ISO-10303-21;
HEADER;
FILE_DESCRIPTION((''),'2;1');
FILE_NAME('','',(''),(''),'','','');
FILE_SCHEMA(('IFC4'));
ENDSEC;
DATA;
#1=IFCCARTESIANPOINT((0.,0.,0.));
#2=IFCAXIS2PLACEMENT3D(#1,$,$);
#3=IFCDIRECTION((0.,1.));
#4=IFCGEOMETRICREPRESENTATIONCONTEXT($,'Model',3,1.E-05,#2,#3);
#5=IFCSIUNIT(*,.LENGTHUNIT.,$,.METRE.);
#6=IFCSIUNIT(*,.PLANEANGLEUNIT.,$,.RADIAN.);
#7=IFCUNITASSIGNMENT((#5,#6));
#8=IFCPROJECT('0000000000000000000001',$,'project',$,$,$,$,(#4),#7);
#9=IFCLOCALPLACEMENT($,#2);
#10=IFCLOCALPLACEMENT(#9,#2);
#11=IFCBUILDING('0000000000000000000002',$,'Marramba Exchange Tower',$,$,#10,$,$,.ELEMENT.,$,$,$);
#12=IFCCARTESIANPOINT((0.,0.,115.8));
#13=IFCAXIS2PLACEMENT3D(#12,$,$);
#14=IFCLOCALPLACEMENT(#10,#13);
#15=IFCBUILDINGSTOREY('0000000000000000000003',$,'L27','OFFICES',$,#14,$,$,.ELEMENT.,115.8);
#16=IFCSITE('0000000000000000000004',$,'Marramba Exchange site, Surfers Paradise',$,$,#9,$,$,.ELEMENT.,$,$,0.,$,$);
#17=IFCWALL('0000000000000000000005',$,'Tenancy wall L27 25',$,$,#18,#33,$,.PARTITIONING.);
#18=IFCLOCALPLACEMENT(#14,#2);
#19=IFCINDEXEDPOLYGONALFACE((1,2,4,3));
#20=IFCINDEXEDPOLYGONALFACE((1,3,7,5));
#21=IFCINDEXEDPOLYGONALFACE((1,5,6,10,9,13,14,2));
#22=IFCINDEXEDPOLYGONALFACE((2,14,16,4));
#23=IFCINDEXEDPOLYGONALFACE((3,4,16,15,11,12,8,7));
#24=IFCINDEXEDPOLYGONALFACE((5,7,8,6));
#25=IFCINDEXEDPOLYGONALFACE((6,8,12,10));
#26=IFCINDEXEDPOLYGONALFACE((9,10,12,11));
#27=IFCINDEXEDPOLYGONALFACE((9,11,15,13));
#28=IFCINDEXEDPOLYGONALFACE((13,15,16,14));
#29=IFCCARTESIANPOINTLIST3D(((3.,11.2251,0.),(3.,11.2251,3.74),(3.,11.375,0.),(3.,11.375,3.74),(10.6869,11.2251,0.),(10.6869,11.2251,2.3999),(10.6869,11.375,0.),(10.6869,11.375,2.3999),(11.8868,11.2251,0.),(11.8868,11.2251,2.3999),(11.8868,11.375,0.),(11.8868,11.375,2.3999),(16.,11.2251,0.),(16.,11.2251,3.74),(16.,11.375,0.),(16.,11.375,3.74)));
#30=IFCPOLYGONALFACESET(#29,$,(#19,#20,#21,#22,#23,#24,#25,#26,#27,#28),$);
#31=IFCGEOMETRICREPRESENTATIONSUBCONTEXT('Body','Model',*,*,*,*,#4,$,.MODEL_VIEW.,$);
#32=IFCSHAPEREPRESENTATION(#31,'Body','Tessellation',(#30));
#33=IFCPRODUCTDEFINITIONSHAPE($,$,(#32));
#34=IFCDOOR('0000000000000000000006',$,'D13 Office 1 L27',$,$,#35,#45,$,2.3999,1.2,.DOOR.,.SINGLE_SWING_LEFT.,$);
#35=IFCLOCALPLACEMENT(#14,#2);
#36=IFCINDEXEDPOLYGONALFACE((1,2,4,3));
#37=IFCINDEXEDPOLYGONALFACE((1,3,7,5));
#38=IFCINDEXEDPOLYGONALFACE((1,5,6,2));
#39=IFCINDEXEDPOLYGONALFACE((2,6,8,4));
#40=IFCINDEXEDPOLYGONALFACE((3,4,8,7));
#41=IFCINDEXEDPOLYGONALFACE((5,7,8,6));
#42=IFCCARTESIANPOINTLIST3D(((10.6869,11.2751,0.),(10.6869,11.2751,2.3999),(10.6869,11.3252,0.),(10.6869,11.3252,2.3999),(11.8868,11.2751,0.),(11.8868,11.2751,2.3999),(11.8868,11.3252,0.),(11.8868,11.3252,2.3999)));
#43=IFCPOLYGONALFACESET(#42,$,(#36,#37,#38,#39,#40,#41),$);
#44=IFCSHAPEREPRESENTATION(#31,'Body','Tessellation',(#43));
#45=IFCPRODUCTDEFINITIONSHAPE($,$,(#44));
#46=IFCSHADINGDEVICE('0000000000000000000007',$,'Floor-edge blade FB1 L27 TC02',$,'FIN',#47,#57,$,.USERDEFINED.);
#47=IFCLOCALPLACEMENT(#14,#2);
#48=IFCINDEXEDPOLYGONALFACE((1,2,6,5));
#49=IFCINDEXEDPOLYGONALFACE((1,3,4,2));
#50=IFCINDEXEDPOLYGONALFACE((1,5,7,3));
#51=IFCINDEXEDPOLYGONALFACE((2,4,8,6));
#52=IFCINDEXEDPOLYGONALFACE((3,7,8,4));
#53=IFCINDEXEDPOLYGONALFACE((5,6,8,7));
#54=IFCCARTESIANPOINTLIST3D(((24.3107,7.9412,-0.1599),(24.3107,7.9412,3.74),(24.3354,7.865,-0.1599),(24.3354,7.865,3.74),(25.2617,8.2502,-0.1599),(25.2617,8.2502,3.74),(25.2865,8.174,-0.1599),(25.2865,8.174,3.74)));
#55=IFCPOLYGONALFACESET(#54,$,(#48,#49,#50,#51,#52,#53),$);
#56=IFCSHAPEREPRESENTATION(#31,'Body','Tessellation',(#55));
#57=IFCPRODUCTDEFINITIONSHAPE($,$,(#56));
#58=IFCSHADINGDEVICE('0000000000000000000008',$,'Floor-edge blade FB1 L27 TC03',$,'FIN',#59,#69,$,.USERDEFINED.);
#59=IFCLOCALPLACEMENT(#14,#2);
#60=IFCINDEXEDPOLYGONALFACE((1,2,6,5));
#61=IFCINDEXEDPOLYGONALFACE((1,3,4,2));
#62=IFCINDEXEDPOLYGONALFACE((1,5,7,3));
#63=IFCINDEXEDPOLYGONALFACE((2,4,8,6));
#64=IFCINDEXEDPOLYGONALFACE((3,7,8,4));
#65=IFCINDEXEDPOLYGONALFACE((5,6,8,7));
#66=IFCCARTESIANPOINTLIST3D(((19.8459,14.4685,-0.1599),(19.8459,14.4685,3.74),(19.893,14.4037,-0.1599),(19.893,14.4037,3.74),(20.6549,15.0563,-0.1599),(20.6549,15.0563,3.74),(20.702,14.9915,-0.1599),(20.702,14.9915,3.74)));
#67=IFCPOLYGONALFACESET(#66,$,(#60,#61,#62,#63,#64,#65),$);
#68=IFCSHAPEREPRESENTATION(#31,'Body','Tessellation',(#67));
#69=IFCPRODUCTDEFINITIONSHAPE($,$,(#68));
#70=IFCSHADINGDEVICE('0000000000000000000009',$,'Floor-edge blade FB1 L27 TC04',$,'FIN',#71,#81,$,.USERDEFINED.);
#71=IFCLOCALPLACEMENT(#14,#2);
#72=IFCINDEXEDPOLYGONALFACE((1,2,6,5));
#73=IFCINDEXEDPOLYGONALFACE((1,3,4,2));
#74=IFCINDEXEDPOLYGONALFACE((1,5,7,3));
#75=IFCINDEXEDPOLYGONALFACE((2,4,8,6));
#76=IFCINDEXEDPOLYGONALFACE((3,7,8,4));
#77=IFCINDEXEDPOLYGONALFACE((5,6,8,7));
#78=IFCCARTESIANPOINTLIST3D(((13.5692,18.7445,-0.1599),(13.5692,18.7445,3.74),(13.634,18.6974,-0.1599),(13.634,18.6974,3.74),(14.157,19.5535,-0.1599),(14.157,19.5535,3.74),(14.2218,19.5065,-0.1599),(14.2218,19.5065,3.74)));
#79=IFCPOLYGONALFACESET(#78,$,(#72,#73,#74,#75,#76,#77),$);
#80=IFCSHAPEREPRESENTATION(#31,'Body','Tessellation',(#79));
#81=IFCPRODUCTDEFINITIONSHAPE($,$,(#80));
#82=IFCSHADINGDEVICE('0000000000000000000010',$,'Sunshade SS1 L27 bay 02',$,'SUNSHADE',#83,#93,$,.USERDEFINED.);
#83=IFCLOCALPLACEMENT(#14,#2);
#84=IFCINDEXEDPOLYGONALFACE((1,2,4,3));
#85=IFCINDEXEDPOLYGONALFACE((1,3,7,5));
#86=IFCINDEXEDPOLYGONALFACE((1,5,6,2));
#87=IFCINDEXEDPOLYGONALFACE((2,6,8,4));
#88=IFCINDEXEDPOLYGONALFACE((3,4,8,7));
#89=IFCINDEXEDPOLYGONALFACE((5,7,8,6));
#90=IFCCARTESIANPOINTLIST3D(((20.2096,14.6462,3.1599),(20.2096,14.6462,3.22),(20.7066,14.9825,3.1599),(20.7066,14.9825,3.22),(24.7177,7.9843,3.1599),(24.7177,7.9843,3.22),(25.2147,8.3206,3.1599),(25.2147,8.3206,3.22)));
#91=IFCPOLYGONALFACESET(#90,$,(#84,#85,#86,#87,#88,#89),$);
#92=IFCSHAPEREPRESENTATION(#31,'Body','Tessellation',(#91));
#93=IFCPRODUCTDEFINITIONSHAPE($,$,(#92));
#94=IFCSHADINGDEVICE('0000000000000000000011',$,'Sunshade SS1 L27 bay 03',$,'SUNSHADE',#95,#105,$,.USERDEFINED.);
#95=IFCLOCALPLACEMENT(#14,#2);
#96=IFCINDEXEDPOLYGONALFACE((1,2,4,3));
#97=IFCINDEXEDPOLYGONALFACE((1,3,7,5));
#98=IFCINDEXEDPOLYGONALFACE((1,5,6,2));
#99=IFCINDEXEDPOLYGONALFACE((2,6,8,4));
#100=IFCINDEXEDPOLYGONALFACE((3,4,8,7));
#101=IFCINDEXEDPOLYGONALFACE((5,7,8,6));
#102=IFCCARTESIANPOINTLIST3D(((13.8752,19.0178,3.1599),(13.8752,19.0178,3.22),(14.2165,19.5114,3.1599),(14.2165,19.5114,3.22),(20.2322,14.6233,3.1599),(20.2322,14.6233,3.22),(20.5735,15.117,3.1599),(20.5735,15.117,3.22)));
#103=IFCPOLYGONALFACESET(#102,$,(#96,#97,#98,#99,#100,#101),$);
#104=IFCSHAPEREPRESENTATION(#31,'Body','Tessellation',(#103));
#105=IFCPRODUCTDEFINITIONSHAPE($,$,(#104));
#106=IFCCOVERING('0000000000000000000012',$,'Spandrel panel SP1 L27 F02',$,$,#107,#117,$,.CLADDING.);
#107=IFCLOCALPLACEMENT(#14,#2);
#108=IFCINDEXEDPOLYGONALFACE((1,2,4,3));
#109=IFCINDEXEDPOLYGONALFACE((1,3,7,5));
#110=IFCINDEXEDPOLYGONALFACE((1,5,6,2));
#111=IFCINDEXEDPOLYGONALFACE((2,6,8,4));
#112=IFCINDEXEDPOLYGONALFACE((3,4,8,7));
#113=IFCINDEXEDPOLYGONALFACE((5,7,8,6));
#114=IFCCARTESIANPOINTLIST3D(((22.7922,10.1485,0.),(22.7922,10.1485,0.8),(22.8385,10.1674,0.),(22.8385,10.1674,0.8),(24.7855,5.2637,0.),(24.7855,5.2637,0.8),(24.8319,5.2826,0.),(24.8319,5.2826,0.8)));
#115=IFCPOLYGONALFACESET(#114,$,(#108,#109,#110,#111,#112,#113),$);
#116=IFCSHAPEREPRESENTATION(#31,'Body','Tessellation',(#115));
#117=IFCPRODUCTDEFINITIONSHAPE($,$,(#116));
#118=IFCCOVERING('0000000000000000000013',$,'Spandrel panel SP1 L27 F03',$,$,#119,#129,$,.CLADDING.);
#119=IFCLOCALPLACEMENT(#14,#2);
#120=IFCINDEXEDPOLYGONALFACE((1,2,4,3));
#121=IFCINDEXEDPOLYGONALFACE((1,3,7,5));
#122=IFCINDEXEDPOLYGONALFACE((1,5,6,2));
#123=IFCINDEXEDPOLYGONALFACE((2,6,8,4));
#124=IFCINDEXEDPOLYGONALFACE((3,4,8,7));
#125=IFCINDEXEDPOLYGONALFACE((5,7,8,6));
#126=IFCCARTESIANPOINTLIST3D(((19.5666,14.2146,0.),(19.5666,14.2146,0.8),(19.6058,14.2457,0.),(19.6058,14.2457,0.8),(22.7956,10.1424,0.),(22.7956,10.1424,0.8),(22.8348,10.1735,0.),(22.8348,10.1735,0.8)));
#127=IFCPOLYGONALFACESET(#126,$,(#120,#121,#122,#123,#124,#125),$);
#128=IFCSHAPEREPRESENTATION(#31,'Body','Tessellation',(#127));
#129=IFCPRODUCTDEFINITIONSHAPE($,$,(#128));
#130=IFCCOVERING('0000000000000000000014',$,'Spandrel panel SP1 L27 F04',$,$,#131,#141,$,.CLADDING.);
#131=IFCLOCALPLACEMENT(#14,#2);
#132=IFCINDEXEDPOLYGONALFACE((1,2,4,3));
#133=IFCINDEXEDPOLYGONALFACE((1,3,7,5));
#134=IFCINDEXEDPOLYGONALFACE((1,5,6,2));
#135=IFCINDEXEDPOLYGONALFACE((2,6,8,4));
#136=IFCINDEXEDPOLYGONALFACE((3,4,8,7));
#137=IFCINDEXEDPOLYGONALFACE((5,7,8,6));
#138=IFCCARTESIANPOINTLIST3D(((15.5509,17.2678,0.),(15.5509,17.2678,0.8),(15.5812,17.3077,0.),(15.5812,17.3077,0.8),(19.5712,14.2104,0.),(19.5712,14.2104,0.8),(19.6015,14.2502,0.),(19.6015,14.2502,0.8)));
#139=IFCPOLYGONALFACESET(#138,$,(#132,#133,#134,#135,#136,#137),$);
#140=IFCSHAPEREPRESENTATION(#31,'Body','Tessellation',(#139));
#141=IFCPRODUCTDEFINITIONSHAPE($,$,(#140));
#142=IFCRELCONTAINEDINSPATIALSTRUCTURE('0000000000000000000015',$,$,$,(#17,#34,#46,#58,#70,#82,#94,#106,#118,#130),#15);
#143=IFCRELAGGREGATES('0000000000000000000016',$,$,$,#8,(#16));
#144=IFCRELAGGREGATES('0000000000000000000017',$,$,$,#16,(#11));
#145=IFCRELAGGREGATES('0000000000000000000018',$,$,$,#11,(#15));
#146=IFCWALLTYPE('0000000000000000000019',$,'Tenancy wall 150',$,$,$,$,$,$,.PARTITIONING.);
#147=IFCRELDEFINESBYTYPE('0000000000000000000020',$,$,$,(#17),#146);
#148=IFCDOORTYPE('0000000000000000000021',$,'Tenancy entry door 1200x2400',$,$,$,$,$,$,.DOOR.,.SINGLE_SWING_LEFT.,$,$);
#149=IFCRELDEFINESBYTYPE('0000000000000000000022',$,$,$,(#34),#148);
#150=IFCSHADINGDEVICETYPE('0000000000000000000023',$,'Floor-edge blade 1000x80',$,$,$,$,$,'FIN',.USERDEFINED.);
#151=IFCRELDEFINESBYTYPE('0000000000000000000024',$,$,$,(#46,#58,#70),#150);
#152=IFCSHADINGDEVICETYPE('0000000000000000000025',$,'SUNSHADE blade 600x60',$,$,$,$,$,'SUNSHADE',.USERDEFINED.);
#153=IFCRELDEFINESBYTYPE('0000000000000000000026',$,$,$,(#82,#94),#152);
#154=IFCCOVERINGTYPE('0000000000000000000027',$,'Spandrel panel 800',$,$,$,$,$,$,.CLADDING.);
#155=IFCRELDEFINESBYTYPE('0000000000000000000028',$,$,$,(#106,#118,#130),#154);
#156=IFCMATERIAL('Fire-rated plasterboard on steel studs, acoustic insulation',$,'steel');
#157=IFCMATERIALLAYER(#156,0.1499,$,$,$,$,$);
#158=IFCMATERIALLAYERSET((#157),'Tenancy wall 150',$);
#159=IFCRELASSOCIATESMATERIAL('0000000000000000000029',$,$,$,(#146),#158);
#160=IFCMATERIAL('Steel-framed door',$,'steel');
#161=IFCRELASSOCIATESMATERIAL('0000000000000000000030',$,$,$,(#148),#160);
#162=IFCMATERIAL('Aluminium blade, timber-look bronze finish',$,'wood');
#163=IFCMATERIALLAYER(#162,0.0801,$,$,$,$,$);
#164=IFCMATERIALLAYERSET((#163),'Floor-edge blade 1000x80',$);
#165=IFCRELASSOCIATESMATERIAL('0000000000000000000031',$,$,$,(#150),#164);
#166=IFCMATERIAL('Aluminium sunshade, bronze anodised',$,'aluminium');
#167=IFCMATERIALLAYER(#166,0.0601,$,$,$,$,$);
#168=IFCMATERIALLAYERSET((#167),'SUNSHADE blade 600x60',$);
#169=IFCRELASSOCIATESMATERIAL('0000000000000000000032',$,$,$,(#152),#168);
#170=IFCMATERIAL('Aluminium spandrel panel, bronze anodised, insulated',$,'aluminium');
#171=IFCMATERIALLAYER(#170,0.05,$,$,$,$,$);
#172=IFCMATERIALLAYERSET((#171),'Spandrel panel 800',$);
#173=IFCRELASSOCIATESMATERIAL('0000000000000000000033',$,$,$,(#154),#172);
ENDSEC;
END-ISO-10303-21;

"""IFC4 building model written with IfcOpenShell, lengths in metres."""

from ifc_helpers import new_model, si_unit, direction, frame, frame_2d, origin, origin_2d, place, context, subcontext, project, spatial, rectangle, extrude, material, layer, layer_set, type_object, element, fill, save


model = new_model("IFC4")

# Units and contexts
model_context = context("Model", 3, precision=1e-05, world=origin(), true_north=direction((0.0, 1.0)))
body_context = subcontext(model_context, "Body", "Model", "MODEL_VIEW")
ifc_project = project(units=[si_unit("LENGTHUNIT", "METRE"), si_unit("PLANEANGLEUNIT", "RADIAN")], contexts=[model_context])

# Site, building, storey
site_placement = place(None, origin())
site = spatial("IfcSite", under=ifc_project, at=site_placement, Name="Marramba Exchange site, Surfers Paradise", CompositionType="ELEMENT", RefElevation=0.0)
building_placement = place(site_placement, origin())
building = spatial("IfcBuilding", under=site, at=building_placement, Name="Marramba Exchange Tower", CompositionType="ELEMENT")
storey_placement = place(building_placement, frame((0.0, 0.0, 115.8)))
storey = spatial("IfcBuildingStorey", under=building, at=storey_placement, Name="L27", Description="OFFICES", CompositionType="ELEMENT", Elevation=115.8)

# Wall, opening, door
ifc_material_1 = material(Name="Fire-rated plasterboard on steel studs, acoustic insulation", Category="steel")
ifc_layer_1 = layer(ifc_material_1, 0.1499)
ifc_layer_set_1 = layer_set([ifc_layer_1], Name="Tenancy wall 150")
wall_type = type_object("IfcWallType", Name="Tenancy wall 150", PredefinedType="PARTITIONING", material=ifc_layer_set_1)
wall_placement = place(storey_placement, frame((16.0, 11.3, 0.0), z_axis=(0.0, 0.0, 1.0), x_axis=(-1.0, 0.0, 0.0)))
wall = element("IfcWall", 1, at=wall_placement, inside=storey, type_object=wall_type, Name="Tenancy wall L27 25", PredefinedType="PARTITIONING", context=body_context, shape_type="SweptSolid", body=[
    extrude(rectangle(XDim=13.0, YDim=0.1499, at=frame_2d((6.5, 0.0))), origin(), (0.0, 0.0, 1.0), 3.74),
])
opening_placement = place(wall_placement, frame((4.113, 0.0, 0.0)))
opening = element("IfcOpeningElement", 2, at=opening_placement, cuts=wall, PredefinedType="OPENING", context=body_context, shape_type="SweptSolid", body=[
    extrude(rectangle(XDim=1.2, YDim=2.3999, at=frame_2d((0.6001, 1.2))), frame((0.0, 0.085, 0.0), z_axis=(0.0, -1.0, 0.0), x_axis=(1.0, 0.0, 0.0)), (0.0, 0.0, 1.0), 0.1699),
])
ifc_material_2 = material(Name="Steel-framed door", Category="steel")
door_type = type_object("IfcDoorType", Name="Tenancy entry door 1200x2400", OperationType="SINGLE_SWING_LEFT", PredefinedType="DOOR", material=ifc_material_2)
door_placement = place(opening_placement, origin())
door = element("IfcDoor", 3, at=door_placement, inside=storey, type_object=door_type, Name="D13 Office 1 L27", OperationType="SINGLE_SWING_LEFT", OverallHeight=2.3999, OverallWidth=1.2, PredefinedType="DOOR", context=body_context, shape_type="SweptSolid", body=[
    extrude(rectangle(XDim=1.2, YDim=2.3999, at=frame_2d((0.6001, 1.2))), frame((0.0, 0.0249, 0.0), z_axis=(0.0, -1.0, 0.0), x_axis=(1.0, 0.0, 0.0)), (0.0, 0.0, 1.0), 0.05),
])
fill(opening, door)

# Shading devices
ifc_material_3 = material(Name="Aluminium blade, timber-look bronze finish", Category="wood")
ifc_layer_2 = layer(ifc_material_3, 0.0801)
ifc_layer_set_2 = layer_set([ifc_layer_2], Name="Floor-edge blade 1000x80")
shading_device_type_1 = type_object("IfcShadingDeviceType", Name="Floor-edge blade 1000x80", ElementType="FIN", PredefinedType="USERDEFINED", material=ifc_layer_set_2)
for number, where, z_axis, x_axis, name in (
    (4, (24.7986, 8.0576, -0.1599), (0.0, 0.0, 1.0), (0.951057, 0.309017, 0.0), "Floor-edge blade FB1 L27 TC02"),
    (5, (20.2739, 14.73, -0.1599), (0.0, 0.0, 1.0), (0.809017, 0.587785, 0.0), "Floor-edge blade FB1 L27 TC03"),
    (6, (13.8955, 19.1255, -0.1599), (0.0, 0.0, 1.0), (0.587785, 0.809017, 0.0), "Floor-edge blade FB1 L27 TC04"),
):
    element("IfcShadingDevice", number, at=place(storey_placement, frame(where, z_axis=z_axis, x_axis=x_axis)), inside=storey, type_object=shading_device_type_1, Name=name, ObjectType="FIN", PredefinedType="USERDEFINED", context=body_context, shape_type="SweptSolid", body=[
        extrude(rectangle(XDim=1.0, YDim=0.0801, at=origin_2d()), origin(), (0.0, 0.0, 1.0), 3.8999),
    ])
ifc_material_4 = material(Name="Aluminium sunshade, bronze anodised", Category="aluminium")
ifc_layer_3 = layer(ifc_material_4, 0.0601)
ifc_layer_set_3 = layer_set([ifc_layer_3], Name="SUNSHADE blade 600x60")
shading_device_type_2 = type_object("IfcShadingDeviceType", Name="SUNSHADE blade 600x60", ElementType="SUNSHADE", PredefinedType="USERDEFINED", material=ifc_layer_set_3)
shading_device_1_placement = place(storey_placement, frame((22.7122, 11.4834, 3.1599), z_axis=(0.0, 0.0, 1.0), x_axis=(-0.560442, 0.828194, 0.0)))
element("IfcShadingDevice", 7, at=shading_device_1_placement, inside=storey, type_object=shading_device_type_2, Name="Sunshade SS1 L27 bay 02", ObjectType="SUNSHADE", PredefinedType="USERDEFINED", context=body_context, shape_type="SweptSolid", body=[
    extrude(rectangle(XDim=8.0439, YDim=0.6001, at=origin_2d()), origin(), (0.0, 0.0, 1.0), 0.0601),
])
shading_device_2_placement = place(storey_placement, frame((17.2244, 17.0674, 3.1599), z_axis=(0.0, 0.0, 1.0), x_axis=(-0.82259, 0.568636, 0.0)))
element("IfcShadingDevice", 8, at=shading_device_2_placement, inside=storey, type_object=shading_device_type_2, Name="Sunshade SS1 L27 bay 03", ObjectType="SUNSHADE", PredefinedType="USERDEFINED", context=body_context, shape_type="SweptSolid", body=[
    extrude(rectangle(XDim=7.728, YDim=0.6001, at=origin_2d()), origin(), (0.0, 0.0, 1.0), 0.0601),
])

# Coverings
ifc_material_5 = material(Name="Aluminium spandrel panel, bronze anodised, insulated", Category="aluminium")
ifc_layer_4 = layer(ifc_material_5, 0.05)
ifc_layer_set_4 = layer_set([ifc_layer_4], Name="Spandrel panel 800")
covering_type = type_object("IfcCoveringType", Name="Spandrel panel 800", PredefinedType="CLADDING", material=ifc_layer_set_4)
covering_1_placement = place(storey_placement, frame((23.812, 7.7156, 0.0), z_axis=(0.0, 0.0, 1.0), x_axis=(-0.377821, 0.925879, 0.0)))
element("IfcCovering", 9, at=covering_1_placement, inside=storey, type_object=covering_type, Name="Spandrel panel SP1 L27 F02", PredefinedType="CLADDING", context=body_context, shape_type="SweptSolid", body=[
    extrude(rectangle(XDim=5.2759, YDim=0.05, at=origin_2d()), origin(), (0.0, 0.0, 1.0), 0.8),
])
covering_2_placement = place(storey_placement, frame((21.2007, 12.1941, 0.0), z_axis=(0.0, 0.0, 1.0), x_axis=(-0.621312, 0.783563, 0.0)))
element("IfcCovering", 10, at=covering_2_placement, inside=storey, type_object=covering_type, Name="Spandrel panel SP1 L27 F03", PredefinedType="CLADDING", context=body_context, shape_type="SweptSolid", body=[
    extrude(rectangle(XDim=5.197, YDim=0.05, at=origin_2d()), origin(), (0.0, 0.0, 1.0), 0.8),
])
covering_3_placement = place(storey_placement, frame((17.5762, 15.759, 0.0), z_axis=(0.0, 0.0, 1.0), x_axis=(-0.795972, 0.605334, 0.0)))
element("IfcCovering", 11, at=covering_3_placement, inside=storey, type_object=covering_type, Name="Spandrel panel SP1 L27 F04", PredefinedType="CLADDING", context=body_context, shape_type="SweptSolid", body=[
    extrude(rectangle(XDim=5.0508, YDim=0.05, at=origin_2d()), origin(), (0.0, 0.0, 1.0), 0.8),
])

save(model, "model.ifc")
